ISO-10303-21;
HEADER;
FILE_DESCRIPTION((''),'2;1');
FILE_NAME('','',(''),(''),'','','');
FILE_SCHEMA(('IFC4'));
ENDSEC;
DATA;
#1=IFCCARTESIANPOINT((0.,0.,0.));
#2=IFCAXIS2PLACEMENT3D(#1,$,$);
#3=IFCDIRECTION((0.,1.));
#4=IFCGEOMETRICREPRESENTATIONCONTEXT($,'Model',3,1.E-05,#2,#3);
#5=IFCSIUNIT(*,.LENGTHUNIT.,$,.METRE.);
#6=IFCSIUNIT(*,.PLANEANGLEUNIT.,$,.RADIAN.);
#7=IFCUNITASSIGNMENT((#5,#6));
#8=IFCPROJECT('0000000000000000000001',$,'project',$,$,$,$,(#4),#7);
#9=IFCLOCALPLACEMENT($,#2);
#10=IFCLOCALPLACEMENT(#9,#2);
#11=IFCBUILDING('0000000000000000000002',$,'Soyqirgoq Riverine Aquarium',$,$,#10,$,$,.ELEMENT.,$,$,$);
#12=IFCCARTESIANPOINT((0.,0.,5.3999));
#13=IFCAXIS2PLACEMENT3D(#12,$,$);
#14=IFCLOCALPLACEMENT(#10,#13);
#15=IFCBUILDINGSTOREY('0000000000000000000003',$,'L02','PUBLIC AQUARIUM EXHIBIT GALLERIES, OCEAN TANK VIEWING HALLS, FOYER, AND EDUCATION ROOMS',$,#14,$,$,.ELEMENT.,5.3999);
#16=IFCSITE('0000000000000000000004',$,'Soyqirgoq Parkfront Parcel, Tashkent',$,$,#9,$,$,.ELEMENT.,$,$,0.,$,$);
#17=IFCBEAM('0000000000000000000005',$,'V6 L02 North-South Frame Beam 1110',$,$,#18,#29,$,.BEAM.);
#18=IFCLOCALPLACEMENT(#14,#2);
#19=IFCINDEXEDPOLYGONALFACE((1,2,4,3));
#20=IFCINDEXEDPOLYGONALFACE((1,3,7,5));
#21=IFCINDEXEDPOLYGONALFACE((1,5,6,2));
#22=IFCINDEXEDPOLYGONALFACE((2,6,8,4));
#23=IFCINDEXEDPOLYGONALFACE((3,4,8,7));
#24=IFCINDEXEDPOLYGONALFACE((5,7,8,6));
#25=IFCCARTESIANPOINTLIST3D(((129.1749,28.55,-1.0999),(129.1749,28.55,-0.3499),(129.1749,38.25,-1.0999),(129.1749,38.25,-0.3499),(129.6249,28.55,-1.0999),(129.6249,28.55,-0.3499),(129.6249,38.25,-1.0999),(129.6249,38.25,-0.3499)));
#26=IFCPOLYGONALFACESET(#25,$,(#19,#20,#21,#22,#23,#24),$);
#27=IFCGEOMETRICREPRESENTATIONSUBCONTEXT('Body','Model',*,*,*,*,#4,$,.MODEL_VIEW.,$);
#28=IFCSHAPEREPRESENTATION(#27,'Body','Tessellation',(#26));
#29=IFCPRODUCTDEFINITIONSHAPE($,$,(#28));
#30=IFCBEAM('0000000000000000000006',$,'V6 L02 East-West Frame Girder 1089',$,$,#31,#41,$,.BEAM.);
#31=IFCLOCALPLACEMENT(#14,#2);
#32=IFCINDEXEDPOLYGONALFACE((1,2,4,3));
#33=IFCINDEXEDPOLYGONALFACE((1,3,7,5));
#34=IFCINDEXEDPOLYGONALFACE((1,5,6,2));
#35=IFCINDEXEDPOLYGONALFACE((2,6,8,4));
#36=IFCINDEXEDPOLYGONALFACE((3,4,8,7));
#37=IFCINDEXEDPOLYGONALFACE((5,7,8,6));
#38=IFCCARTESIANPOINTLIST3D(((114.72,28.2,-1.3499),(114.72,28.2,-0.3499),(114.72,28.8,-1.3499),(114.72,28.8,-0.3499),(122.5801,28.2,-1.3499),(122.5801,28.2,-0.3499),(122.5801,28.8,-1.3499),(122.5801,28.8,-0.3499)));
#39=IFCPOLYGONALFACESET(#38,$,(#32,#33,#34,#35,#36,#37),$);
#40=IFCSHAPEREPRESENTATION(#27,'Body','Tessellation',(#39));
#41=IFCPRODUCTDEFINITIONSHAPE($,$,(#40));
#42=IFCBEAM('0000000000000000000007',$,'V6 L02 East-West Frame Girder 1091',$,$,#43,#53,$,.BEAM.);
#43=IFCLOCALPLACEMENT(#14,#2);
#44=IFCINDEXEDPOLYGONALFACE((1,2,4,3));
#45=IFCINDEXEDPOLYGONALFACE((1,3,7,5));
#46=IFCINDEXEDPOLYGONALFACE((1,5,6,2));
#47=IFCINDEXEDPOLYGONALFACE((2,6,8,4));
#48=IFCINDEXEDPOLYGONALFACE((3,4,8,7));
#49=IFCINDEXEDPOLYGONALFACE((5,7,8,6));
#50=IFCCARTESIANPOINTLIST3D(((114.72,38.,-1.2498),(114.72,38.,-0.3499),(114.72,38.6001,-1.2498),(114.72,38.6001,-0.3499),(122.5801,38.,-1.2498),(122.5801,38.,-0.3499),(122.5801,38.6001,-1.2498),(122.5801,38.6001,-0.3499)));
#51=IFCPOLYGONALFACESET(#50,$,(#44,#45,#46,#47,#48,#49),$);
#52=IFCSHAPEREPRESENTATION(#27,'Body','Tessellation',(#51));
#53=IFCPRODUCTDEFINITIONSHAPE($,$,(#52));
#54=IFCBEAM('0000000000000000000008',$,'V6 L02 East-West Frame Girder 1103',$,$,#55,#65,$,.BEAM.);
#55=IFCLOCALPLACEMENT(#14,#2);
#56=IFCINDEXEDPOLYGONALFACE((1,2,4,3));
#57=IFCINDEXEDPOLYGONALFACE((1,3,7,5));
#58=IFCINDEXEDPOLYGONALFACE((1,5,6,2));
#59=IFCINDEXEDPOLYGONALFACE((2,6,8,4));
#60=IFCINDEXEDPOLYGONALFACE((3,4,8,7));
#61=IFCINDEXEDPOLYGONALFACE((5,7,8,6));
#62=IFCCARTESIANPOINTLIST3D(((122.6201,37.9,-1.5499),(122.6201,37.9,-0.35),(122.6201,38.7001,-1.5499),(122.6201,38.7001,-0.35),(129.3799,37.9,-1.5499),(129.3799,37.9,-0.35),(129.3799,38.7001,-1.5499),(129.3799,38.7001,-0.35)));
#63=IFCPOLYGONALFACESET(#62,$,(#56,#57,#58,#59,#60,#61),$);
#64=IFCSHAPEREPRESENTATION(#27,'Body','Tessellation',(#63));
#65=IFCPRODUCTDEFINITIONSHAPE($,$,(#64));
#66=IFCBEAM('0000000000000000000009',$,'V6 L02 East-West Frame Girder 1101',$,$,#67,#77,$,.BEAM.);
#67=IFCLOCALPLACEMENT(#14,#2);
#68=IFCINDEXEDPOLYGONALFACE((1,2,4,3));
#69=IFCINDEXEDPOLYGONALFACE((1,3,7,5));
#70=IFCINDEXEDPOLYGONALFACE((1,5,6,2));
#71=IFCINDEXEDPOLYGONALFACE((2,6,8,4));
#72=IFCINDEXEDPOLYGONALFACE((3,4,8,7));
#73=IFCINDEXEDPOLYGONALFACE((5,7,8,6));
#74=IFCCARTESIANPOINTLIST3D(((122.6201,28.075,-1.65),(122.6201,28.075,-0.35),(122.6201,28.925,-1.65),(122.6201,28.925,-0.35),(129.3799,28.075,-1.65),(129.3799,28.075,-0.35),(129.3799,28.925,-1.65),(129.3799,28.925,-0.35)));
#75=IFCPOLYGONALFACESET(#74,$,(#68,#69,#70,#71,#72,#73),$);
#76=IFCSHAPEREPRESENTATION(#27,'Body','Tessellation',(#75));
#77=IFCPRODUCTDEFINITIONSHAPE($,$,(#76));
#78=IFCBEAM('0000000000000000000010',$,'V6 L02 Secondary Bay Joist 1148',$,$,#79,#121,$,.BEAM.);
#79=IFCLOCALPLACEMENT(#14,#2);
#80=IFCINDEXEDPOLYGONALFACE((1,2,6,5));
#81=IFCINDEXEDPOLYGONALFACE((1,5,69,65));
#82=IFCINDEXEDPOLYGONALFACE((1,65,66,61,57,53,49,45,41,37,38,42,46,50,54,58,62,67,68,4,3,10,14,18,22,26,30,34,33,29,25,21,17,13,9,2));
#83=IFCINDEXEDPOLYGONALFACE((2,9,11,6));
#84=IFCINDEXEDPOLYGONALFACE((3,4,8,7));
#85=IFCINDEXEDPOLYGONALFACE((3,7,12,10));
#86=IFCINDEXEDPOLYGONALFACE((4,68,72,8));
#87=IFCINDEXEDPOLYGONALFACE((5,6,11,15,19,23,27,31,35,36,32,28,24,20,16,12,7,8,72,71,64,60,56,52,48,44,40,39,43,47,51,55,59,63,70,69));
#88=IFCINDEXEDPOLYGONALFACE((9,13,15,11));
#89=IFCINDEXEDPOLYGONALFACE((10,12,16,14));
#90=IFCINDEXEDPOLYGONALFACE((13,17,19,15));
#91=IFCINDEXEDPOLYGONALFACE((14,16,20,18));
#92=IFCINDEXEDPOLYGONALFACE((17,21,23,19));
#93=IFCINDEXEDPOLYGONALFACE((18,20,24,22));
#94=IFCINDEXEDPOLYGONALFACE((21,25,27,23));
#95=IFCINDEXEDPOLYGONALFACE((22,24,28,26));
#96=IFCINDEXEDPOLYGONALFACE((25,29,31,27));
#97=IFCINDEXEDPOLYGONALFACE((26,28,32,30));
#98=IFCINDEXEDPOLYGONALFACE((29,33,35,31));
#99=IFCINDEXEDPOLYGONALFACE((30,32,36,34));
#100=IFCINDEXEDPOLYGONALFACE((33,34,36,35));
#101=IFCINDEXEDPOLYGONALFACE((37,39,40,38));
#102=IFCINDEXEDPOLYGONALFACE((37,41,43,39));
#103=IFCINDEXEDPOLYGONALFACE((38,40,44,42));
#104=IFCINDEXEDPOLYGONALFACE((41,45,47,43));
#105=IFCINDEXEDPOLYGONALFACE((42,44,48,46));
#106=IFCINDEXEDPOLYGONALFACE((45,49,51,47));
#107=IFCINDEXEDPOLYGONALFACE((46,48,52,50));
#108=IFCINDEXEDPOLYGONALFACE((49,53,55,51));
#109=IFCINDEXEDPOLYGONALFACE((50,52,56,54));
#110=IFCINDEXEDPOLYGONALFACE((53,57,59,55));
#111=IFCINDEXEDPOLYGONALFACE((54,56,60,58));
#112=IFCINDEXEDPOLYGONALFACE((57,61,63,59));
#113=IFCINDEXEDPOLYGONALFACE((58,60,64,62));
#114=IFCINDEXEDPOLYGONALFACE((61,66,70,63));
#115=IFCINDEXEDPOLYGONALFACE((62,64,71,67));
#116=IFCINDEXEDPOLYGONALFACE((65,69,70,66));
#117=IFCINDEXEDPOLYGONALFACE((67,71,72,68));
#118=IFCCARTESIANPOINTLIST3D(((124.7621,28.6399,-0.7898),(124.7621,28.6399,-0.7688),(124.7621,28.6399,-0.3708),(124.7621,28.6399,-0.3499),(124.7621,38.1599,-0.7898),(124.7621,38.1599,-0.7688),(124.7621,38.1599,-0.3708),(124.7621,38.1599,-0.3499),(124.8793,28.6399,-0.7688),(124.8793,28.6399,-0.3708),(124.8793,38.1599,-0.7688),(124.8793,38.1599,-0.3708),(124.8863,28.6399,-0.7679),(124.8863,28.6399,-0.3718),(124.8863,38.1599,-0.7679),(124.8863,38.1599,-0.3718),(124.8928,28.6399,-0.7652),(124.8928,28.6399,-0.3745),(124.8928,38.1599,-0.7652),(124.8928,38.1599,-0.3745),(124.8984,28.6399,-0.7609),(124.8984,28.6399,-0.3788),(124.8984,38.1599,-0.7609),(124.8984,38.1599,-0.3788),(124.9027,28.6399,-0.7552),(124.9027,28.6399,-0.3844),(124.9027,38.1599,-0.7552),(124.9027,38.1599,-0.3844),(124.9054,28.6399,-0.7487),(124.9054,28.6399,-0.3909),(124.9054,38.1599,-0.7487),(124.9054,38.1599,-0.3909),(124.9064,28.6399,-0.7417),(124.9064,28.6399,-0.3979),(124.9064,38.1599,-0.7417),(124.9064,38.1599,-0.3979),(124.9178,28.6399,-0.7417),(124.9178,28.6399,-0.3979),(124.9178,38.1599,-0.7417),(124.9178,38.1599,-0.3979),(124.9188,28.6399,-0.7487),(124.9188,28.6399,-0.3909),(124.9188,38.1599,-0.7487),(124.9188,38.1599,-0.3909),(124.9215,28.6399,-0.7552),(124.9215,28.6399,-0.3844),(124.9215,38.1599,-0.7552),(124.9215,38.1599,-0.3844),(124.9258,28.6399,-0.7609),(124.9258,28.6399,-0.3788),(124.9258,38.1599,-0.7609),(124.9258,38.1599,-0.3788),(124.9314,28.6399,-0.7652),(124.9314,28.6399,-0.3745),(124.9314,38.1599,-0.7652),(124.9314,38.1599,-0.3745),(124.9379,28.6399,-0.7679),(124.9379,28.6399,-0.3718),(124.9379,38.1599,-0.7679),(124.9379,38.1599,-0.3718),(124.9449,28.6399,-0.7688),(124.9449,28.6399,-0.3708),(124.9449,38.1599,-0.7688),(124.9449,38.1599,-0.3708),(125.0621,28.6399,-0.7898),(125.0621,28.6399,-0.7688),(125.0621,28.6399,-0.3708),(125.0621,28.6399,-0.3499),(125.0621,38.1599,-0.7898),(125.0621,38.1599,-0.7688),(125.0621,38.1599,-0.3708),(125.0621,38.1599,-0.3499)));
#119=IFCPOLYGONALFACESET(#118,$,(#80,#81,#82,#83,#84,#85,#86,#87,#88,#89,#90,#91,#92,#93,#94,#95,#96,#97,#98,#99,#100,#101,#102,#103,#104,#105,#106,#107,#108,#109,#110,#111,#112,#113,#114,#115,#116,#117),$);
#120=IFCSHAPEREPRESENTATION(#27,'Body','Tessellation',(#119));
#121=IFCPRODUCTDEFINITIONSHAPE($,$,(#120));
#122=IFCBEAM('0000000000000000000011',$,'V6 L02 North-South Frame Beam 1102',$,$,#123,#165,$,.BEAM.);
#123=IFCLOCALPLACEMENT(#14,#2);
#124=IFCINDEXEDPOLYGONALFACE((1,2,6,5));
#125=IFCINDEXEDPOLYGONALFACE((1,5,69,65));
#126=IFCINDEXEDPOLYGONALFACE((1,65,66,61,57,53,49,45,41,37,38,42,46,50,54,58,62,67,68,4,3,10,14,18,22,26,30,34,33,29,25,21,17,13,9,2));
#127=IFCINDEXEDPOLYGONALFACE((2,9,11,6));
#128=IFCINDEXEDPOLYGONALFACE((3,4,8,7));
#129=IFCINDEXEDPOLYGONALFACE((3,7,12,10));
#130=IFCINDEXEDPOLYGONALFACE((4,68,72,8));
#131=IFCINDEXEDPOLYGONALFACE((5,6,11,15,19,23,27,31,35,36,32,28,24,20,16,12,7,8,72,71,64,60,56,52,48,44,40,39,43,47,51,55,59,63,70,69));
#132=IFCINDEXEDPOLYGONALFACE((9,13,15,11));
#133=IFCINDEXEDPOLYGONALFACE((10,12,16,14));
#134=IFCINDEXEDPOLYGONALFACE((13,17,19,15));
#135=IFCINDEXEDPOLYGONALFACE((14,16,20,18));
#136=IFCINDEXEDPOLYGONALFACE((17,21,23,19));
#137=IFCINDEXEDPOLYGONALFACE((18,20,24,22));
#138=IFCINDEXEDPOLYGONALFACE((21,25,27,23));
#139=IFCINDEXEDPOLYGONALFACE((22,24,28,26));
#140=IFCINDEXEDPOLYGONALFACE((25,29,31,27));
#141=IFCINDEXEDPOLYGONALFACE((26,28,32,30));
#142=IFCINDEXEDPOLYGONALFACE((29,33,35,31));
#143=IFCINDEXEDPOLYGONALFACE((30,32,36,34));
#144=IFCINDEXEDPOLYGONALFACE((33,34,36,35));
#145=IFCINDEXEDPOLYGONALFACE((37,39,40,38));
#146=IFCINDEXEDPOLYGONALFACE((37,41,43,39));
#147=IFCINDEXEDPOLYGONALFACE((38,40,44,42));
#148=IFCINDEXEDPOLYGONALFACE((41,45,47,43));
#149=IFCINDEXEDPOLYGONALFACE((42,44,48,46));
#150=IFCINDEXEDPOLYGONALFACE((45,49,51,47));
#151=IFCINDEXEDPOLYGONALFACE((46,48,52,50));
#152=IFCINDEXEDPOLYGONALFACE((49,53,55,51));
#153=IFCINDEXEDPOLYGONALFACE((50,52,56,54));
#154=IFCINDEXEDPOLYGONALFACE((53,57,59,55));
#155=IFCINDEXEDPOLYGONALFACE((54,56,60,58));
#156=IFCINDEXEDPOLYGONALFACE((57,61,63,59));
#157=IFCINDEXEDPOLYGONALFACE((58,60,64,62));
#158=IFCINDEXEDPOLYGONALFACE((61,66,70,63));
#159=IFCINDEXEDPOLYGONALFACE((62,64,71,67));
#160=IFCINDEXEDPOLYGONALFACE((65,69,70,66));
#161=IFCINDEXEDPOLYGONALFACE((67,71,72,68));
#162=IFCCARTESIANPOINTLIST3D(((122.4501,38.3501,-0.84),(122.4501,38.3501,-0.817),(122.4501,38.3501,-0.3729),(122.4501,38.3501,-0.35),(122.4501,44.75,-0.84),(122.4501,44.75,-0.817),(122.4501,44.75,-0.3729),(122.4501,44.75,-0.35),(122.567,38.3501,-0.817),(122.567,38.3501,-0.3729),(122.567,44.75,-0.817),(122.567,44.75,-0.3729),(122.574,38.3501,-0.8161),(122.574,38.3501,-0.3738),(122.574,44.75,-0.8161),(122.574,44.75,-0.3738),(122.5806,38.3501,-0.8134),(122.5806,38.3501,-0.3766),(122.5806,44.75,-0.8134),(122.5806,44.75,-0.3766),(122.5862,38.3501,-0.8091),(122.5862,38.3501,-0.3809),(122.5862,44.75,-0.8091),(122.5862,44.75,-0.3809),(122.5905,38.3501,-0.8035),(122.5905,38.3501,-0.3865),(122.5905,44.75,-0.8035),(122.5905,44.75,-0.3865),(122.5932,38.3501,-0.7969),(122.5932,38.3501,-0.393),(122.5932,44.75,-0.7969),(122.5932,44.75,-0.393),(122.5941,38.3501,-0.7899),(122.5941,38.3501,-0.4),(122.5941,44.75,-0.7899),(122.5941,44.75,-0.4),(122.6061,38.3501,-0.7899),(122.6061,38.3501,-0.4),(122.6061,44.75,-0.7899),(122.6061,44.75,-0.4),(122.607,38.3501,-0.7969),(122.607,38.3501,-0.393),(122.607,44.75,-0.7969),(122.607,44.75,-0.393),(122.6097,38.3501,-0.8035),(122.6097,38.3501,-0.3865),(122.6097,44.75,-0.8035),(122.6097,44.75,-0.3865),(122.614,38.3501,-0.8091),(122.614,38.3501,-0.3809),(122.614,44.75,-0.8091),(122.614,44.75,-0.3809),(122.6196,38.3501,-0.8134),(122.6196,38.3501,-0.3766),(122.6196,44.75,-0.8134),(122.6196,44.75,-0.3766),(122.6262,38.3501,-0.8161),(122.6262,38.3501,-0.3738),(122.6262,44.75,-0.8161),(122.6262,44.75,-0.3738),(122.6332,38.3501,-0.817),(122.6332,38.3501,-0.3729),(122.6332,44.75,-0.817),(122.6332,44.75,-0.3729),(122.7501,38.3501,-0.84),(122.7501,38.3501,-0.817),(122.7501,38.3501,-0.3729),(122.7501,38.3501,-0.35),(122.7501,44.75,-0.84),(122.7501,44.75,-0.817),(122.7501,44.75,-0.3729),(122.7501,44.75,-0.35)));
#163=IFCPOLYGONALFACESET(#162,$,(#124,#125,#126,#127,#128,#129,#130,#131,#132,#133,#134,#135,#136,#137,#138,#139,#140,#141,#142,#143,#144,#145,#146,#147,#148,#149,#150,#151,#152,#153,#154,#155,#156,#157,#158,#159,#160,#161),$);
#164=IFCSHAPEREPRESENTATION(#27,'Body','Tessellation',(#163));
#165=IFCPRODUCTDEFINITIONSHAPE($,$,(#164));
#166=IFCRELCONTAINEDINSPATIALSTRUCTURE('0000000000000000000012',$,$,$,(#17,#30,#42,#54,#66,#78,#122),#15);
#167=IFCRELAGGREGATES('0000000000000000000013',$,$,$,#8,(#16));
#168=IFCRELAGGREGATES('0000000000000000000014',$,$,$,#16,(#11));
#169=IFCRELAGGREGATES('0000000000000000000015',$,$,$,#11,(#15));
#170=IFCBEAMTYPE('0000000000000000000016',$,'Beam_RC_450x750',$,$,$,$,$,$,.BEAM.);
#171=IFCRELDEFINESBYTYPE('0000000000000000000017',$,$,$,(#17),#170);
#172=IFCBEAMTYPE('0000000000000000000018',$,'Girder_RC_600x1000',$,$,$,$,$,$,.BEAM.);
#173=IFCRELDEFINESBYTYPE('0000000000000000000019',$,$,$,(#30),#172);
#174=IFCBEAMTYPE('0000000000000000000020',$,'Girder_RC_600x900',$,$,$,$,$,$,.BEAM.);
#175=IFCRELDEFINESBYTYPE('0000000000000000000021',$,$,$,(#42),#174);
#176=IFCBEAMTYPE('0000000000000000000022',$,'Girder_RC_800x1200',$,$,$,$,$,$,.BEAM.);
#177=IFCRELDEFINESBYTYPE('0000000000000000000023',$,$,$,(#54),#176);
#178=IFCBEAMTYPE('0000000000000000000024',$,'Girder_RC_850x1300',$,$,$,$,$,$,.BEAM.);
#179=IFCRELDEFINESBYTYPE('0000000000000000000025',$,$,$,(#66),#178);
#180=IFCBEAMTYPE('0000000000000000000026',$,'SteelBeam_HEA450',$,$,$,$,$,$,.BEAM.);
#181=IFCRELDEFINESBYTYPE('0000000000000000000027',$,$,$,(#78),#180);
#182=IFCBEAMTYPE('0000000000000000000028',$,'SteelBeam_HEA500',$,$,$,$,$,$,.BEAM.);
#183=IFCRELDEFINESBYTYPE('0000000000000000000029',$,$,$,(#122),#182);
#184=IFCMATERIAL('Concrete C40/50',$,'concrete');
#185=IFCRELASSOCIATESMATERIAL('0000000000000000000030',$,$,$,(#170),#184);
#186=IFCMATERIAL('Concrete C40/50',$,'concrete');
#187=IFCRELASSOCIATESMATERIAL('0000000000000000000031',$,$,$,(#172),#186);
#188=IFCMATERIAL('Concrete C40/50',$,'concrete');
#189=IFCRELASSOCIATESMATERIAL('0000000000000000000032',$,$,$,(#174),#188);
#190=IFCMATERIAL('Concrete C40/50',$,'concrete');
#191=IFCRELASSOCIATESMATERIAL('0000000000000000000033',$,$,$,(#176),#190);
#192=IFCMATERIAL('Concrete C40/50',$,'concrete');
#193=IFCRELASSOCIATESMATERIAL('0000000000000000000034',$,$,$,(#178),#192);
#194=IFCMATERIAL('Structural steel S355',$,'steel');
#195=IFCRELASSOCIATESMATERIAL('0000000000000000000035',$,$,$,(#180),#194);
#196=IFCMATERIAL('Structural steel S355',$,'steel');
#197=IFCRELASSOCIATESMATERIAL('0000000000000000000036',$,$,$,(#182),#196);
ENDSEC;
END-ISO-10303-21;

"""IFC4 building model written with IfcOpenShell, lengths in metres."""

from ifc_helpers import new_model, si_unit, direction, frame, origin, origin_2d, place, context, subcontext, project, spatial, rectangle, i_section, extrude, material, material_profile, profile_set, type_object, element, save


model = new_model("IFC4")

# Units and contexts
model_context = context("Model", 3, precision=1e-05, world=origin(), true_north=direction((0.0, 1.0)))
body_context = subcontext(model_context, "Body", "Model", "MODEL_VIEW")
ifc_project = project(units=[si_unit("LENGTHUNIT", "METRE"), si_unit("PLANEANGLEUNIT", "RADIAN")], contexts=[model_context])

# Site, building, storey
site_placement = place(None, origin())
site = spatial("IfcSite", under=ifc_project, at=site_placement, Name="Soyqirgoq Parkfront Parcel, Tashkent", CompositionType="ELEMENT", RefElevation=0.0)
building_placement = place(site_placement, origin())
building = spatial("IfcBuilding", under=site, at=building_placement, Name="Soyqirgoq Riverine Aquarium", CompositionType="ELEMENT")
storey_placement = place(building_placement, frame((0.0, 0.0, 5.3999)))
storey = spatial("IfcBuildingStorey", under=building, at=storey_placement, Name="L02", Description="PUBLIC AQUARIUM EXHIBIT GALLERIES, OCEAN TANK VIEWING HALLS, FOYER, AND EDUCATION ROOMS", CompositionType="ELEMENT", Elevation=5.3999)

# Beams
ifc_material_1 = material(Name="Concrete C40/50", Category="concrete")
ifc_material_profile_1 = material_profile(ifc_material_1, rectangle(XDim=0.45, YDim=0.75, at=origin_2d()), Name="RC 450x750")
ifc_profile_set_1 = profile_set([ifc_material_profile_1], Name="Concrete C40/50")
beam_type_1 = type_object("IfcBeamType", Name="Beam_RC_450x750", PredefinedType="BEAM", material=ifc_profile_set_1)
beam_1_placement = place(storey_placement, frame((129.3999, 28.55, -0.7249), z_axis=(0.0, 1.0, 0.0), x_axis=(-1.0, 0.0, 0.0)))
element("IfcBeam", 1, at=beam_1_placement, inside=storey, type_object=beam_type_1, Name="V6 L02 North-South Frame Beam 1110", PredefinedType="BEAM", context=body_context, shape_type="SweptSolid", body=[
    extrude(rectangle(XDim=0.45, YDim=0.75, at=origin_2d()), origin(), (0.0, 0.0, 1.0), 9.7),
])
ifc_material_2 = material(Name="Concrete C40/50", Category="concrete")
ifc_material_profile_2 = material_profile(ifc_material_2, rectangle(XDim=0.6001, YDim=1.0, at=origin_2d()), Name="RC 600x1000")
ifc_profile_set_2 = profile_set([ifc_material_profile_2], Name="Concrete C40/50")
beam_type_2 = type_object("IfcBeamType", Name="Girder_RC_600x1000", PredefinedType="BEAM", material=ifc_profile_set_2)
beam_2_placement = place(storey_placement, frame((114.72, 28.5, -0.8499), z_axis=(1.0, 0.0, 0.0), x_axis=(0.0, 1.0, 0.0)))
element("IfcBeam", 2, at=beam_2_placement, inside=storey, type_object=beam_type_2, Name="V6 L02 East-West Frame Girder 1089", PredefinedType="BEAM", context=body_context, shape_type="SweptSolid", body=[
    extrude(rectangle(XDim=0.6001, YDim=1.0, at=origin_2d()), origin(), (0.0, 0.0, 1.0), 7.8601),
])
ifc_material_3 = material(Name="Concrete C40/50", Category="concrete")
ifc_material_profile_3 = material_profile(ifc_material_3, rectangle(XDim=0.6001, YDim=0.8999, at=origin_2d()), Name="RC 600x900")
ifc_profile_set_3 = profile_set([ifc_material_profile_3], Name="Concrete C40/50")
beam_type_3 = type_object("IfcBeamType", Name="Girder_RC_600x900", PredefinedType="BEAM", material=ifc_profile_set_3)
beam_3_placement = place(storey_placement, frame((114.72, 38.3, -0.7998), z_axis=(1.0, 0.0, 0.0), x_axis=(0.0, 1.0, 0.0)))
element("IfcBeam", 3, at=beam_3_placement, inside=storey, type_object=beam_type_3, Name="V6 L02 East-West Frame Girder 1091", PredefinedType="BEAM", context=body_context, shape_type="SweptSolid", body=[
    extrude(rectangle(XDim=0.6001, YDim=0.8999, at=origin_2d()), origin(), (0.0, 0.0, 1.0), 7.8601),
])
ifc_material_4 = material(Name="Concrete C40/50", Category="concrete")
ifc_material_profile_4 = material_profile(ifc_material_4, rectangle(XDim=0.8, YDim=1.2, at=origin_2d()), Name="RC 800x1200")
ifc_profile_set_4 = profile_set([ifc_material_profile_4], Name="Concrete C40/50")
beam_type_4 = type_object("IfcBeamType", Name="Girder_RC_800x1200", PredefinedType="BEAM", material=ifc_profile_set_4)
beam_4_placement = place(storey_placement, frame((122.6201, 38.3, -0.95), z_axis=(1.0, 0.0, 0.0), x_axis=(0.0, 1.0, 0.0)))
element("IfcBeam", 4, at=beam_4_placement, inside=storey, type_object=beam_type_4, Name="V6 L02 East-West Frame Girder 1103", PredefinedType="BEAM", context=body_context, shape_type="SweptSolid", body=[
    extrude(rectangle(XDim=0.8, YDim=1.2, at=origin_2d()), origin(), (0.0, 0.0, 1.0), 6.7598),
])
ifc_material_5 = material(Name="Concrete C40/50", Category="concrete")
ifc_material_profile_5 = material_profile(ifc_material_5, rectangle(XDim=0.8501, YDim=1.3, at=origin_2d()), Name="RC 850x1300")
ifc_profile_set_5 = profile_set([ifc_material_profile_5], Name="Concrete C40/50")
beam_type_5 = type_object("IfcBeamType", Name="Girder_RC_850x1300", PredefinedType="BEAM", material=ifc_profile_set_5)
beam_5_placement = place(storey_placement, frame((122.6201, 28.5, -1.0), z_axis=(1.0, 0.0, 0.0), x_axis=(0.0, 1.0, 0.0)))
element("IfcBeam", 5, at=beam_5_placement, inside=storey, type_object=beam_type_5, Name="V6 L02 East-West Frame Girder 1101", PredefinedType="BEAM", context=body_context, shape_type="SweptSolid", body=[
    extrude(rectangle(XDim=0.8501, YDim=1.3, at=origin_2d()), origin(), (0.0, 0.0, 1.0), 6.7598),
])
ifc_material_6 = material(Name="Structural steel S355", Category="steel")
ifc_material_profile_6 = material_profile(ifc_material_6, i_section(OverallWidth=0.3, OverallDepth=0.4399, WebThickness=0.0115, FlangeThickness=0.021, FilletRadius=0.0271, at=origin_2d()), Name="HEA 450")
ifc_profile_set_6 = profile_set([ifc_material_profile_6], Name="Structural steel S355")
beam_type_6 = type_object("IfcBeamType", Name="SteelBeam_HEA450", PredefinedType="BEAM", material=ifc_profile_set_6)
beam_6_placement = place(storey_placement, frame((124.9121, 28.6399, -0.5698), z_axis=(0.0, 1.0, 0.0), x_axis=(-1.0, 0.0, 0.0)))
element("IfcBeam", 6, at=beam_6_placement, inside=storey, type_object=beam_type_6, Name="V6 L02 Secondary Bay Joist 1148", PredefinedType="BEAM", context=body_context, shape_type="SweptSolid", body=[
    extrude(i_section(OverallWidth=0.3, OverallDepth=0.4399, WebThickness=0.0115, FlangeThickness=0.021, FilletRadius=0.0271, at=origin_2d()), origin(), (0.0, 0.0, 1.0), 9.52),
])
ifc_material_7 = material(Name="Structural steel S355", Category="steel")
ifc_material_profile_7 = material_profile(ifc_material_7, i_section(OverallWidth=0.3, OverallDepth=0.49, WebThickness=0.012, FlangeThickness=0.0229, FilletRadius=0.0271, at=origin_2d()), Name="HEA 500")
ifc_profile_set_7 = profile_set([ifc_material_profile_7], Name="Structural steel S355")
beam_type_7 = type_object("IfcBeamType", Name="SteelBeam_HEA500", PredefinedType="BEAM", material=ifc_profile_set_7)
beam_7_placement = place(storey_placement, frame((122.6001, 38.3501, -0.595), z_axis=(0.0, 1.0, 0.0), x_axis=(-1.0, 0.0, 0.0)))
element("IfcBeam", 7, at=beam_7_placement, inside=storey, type_object=beam_type_7, Name="V6 L02 North-South Frame Beam 1102", PredefinedType="BEAM", context=body_context, shape_type="SweptSolid", body=[
    extrude(i_section(OverallWidth=0.3, OverallDepth=0.49, WebThickness=0.012, FlangeThickness=0.0229, FilletRadius=0.0271, at=origin_2d()), origin(), (0.0, 0.0, 1.0), 6.3999),
])

save(model, "model.ifc")
